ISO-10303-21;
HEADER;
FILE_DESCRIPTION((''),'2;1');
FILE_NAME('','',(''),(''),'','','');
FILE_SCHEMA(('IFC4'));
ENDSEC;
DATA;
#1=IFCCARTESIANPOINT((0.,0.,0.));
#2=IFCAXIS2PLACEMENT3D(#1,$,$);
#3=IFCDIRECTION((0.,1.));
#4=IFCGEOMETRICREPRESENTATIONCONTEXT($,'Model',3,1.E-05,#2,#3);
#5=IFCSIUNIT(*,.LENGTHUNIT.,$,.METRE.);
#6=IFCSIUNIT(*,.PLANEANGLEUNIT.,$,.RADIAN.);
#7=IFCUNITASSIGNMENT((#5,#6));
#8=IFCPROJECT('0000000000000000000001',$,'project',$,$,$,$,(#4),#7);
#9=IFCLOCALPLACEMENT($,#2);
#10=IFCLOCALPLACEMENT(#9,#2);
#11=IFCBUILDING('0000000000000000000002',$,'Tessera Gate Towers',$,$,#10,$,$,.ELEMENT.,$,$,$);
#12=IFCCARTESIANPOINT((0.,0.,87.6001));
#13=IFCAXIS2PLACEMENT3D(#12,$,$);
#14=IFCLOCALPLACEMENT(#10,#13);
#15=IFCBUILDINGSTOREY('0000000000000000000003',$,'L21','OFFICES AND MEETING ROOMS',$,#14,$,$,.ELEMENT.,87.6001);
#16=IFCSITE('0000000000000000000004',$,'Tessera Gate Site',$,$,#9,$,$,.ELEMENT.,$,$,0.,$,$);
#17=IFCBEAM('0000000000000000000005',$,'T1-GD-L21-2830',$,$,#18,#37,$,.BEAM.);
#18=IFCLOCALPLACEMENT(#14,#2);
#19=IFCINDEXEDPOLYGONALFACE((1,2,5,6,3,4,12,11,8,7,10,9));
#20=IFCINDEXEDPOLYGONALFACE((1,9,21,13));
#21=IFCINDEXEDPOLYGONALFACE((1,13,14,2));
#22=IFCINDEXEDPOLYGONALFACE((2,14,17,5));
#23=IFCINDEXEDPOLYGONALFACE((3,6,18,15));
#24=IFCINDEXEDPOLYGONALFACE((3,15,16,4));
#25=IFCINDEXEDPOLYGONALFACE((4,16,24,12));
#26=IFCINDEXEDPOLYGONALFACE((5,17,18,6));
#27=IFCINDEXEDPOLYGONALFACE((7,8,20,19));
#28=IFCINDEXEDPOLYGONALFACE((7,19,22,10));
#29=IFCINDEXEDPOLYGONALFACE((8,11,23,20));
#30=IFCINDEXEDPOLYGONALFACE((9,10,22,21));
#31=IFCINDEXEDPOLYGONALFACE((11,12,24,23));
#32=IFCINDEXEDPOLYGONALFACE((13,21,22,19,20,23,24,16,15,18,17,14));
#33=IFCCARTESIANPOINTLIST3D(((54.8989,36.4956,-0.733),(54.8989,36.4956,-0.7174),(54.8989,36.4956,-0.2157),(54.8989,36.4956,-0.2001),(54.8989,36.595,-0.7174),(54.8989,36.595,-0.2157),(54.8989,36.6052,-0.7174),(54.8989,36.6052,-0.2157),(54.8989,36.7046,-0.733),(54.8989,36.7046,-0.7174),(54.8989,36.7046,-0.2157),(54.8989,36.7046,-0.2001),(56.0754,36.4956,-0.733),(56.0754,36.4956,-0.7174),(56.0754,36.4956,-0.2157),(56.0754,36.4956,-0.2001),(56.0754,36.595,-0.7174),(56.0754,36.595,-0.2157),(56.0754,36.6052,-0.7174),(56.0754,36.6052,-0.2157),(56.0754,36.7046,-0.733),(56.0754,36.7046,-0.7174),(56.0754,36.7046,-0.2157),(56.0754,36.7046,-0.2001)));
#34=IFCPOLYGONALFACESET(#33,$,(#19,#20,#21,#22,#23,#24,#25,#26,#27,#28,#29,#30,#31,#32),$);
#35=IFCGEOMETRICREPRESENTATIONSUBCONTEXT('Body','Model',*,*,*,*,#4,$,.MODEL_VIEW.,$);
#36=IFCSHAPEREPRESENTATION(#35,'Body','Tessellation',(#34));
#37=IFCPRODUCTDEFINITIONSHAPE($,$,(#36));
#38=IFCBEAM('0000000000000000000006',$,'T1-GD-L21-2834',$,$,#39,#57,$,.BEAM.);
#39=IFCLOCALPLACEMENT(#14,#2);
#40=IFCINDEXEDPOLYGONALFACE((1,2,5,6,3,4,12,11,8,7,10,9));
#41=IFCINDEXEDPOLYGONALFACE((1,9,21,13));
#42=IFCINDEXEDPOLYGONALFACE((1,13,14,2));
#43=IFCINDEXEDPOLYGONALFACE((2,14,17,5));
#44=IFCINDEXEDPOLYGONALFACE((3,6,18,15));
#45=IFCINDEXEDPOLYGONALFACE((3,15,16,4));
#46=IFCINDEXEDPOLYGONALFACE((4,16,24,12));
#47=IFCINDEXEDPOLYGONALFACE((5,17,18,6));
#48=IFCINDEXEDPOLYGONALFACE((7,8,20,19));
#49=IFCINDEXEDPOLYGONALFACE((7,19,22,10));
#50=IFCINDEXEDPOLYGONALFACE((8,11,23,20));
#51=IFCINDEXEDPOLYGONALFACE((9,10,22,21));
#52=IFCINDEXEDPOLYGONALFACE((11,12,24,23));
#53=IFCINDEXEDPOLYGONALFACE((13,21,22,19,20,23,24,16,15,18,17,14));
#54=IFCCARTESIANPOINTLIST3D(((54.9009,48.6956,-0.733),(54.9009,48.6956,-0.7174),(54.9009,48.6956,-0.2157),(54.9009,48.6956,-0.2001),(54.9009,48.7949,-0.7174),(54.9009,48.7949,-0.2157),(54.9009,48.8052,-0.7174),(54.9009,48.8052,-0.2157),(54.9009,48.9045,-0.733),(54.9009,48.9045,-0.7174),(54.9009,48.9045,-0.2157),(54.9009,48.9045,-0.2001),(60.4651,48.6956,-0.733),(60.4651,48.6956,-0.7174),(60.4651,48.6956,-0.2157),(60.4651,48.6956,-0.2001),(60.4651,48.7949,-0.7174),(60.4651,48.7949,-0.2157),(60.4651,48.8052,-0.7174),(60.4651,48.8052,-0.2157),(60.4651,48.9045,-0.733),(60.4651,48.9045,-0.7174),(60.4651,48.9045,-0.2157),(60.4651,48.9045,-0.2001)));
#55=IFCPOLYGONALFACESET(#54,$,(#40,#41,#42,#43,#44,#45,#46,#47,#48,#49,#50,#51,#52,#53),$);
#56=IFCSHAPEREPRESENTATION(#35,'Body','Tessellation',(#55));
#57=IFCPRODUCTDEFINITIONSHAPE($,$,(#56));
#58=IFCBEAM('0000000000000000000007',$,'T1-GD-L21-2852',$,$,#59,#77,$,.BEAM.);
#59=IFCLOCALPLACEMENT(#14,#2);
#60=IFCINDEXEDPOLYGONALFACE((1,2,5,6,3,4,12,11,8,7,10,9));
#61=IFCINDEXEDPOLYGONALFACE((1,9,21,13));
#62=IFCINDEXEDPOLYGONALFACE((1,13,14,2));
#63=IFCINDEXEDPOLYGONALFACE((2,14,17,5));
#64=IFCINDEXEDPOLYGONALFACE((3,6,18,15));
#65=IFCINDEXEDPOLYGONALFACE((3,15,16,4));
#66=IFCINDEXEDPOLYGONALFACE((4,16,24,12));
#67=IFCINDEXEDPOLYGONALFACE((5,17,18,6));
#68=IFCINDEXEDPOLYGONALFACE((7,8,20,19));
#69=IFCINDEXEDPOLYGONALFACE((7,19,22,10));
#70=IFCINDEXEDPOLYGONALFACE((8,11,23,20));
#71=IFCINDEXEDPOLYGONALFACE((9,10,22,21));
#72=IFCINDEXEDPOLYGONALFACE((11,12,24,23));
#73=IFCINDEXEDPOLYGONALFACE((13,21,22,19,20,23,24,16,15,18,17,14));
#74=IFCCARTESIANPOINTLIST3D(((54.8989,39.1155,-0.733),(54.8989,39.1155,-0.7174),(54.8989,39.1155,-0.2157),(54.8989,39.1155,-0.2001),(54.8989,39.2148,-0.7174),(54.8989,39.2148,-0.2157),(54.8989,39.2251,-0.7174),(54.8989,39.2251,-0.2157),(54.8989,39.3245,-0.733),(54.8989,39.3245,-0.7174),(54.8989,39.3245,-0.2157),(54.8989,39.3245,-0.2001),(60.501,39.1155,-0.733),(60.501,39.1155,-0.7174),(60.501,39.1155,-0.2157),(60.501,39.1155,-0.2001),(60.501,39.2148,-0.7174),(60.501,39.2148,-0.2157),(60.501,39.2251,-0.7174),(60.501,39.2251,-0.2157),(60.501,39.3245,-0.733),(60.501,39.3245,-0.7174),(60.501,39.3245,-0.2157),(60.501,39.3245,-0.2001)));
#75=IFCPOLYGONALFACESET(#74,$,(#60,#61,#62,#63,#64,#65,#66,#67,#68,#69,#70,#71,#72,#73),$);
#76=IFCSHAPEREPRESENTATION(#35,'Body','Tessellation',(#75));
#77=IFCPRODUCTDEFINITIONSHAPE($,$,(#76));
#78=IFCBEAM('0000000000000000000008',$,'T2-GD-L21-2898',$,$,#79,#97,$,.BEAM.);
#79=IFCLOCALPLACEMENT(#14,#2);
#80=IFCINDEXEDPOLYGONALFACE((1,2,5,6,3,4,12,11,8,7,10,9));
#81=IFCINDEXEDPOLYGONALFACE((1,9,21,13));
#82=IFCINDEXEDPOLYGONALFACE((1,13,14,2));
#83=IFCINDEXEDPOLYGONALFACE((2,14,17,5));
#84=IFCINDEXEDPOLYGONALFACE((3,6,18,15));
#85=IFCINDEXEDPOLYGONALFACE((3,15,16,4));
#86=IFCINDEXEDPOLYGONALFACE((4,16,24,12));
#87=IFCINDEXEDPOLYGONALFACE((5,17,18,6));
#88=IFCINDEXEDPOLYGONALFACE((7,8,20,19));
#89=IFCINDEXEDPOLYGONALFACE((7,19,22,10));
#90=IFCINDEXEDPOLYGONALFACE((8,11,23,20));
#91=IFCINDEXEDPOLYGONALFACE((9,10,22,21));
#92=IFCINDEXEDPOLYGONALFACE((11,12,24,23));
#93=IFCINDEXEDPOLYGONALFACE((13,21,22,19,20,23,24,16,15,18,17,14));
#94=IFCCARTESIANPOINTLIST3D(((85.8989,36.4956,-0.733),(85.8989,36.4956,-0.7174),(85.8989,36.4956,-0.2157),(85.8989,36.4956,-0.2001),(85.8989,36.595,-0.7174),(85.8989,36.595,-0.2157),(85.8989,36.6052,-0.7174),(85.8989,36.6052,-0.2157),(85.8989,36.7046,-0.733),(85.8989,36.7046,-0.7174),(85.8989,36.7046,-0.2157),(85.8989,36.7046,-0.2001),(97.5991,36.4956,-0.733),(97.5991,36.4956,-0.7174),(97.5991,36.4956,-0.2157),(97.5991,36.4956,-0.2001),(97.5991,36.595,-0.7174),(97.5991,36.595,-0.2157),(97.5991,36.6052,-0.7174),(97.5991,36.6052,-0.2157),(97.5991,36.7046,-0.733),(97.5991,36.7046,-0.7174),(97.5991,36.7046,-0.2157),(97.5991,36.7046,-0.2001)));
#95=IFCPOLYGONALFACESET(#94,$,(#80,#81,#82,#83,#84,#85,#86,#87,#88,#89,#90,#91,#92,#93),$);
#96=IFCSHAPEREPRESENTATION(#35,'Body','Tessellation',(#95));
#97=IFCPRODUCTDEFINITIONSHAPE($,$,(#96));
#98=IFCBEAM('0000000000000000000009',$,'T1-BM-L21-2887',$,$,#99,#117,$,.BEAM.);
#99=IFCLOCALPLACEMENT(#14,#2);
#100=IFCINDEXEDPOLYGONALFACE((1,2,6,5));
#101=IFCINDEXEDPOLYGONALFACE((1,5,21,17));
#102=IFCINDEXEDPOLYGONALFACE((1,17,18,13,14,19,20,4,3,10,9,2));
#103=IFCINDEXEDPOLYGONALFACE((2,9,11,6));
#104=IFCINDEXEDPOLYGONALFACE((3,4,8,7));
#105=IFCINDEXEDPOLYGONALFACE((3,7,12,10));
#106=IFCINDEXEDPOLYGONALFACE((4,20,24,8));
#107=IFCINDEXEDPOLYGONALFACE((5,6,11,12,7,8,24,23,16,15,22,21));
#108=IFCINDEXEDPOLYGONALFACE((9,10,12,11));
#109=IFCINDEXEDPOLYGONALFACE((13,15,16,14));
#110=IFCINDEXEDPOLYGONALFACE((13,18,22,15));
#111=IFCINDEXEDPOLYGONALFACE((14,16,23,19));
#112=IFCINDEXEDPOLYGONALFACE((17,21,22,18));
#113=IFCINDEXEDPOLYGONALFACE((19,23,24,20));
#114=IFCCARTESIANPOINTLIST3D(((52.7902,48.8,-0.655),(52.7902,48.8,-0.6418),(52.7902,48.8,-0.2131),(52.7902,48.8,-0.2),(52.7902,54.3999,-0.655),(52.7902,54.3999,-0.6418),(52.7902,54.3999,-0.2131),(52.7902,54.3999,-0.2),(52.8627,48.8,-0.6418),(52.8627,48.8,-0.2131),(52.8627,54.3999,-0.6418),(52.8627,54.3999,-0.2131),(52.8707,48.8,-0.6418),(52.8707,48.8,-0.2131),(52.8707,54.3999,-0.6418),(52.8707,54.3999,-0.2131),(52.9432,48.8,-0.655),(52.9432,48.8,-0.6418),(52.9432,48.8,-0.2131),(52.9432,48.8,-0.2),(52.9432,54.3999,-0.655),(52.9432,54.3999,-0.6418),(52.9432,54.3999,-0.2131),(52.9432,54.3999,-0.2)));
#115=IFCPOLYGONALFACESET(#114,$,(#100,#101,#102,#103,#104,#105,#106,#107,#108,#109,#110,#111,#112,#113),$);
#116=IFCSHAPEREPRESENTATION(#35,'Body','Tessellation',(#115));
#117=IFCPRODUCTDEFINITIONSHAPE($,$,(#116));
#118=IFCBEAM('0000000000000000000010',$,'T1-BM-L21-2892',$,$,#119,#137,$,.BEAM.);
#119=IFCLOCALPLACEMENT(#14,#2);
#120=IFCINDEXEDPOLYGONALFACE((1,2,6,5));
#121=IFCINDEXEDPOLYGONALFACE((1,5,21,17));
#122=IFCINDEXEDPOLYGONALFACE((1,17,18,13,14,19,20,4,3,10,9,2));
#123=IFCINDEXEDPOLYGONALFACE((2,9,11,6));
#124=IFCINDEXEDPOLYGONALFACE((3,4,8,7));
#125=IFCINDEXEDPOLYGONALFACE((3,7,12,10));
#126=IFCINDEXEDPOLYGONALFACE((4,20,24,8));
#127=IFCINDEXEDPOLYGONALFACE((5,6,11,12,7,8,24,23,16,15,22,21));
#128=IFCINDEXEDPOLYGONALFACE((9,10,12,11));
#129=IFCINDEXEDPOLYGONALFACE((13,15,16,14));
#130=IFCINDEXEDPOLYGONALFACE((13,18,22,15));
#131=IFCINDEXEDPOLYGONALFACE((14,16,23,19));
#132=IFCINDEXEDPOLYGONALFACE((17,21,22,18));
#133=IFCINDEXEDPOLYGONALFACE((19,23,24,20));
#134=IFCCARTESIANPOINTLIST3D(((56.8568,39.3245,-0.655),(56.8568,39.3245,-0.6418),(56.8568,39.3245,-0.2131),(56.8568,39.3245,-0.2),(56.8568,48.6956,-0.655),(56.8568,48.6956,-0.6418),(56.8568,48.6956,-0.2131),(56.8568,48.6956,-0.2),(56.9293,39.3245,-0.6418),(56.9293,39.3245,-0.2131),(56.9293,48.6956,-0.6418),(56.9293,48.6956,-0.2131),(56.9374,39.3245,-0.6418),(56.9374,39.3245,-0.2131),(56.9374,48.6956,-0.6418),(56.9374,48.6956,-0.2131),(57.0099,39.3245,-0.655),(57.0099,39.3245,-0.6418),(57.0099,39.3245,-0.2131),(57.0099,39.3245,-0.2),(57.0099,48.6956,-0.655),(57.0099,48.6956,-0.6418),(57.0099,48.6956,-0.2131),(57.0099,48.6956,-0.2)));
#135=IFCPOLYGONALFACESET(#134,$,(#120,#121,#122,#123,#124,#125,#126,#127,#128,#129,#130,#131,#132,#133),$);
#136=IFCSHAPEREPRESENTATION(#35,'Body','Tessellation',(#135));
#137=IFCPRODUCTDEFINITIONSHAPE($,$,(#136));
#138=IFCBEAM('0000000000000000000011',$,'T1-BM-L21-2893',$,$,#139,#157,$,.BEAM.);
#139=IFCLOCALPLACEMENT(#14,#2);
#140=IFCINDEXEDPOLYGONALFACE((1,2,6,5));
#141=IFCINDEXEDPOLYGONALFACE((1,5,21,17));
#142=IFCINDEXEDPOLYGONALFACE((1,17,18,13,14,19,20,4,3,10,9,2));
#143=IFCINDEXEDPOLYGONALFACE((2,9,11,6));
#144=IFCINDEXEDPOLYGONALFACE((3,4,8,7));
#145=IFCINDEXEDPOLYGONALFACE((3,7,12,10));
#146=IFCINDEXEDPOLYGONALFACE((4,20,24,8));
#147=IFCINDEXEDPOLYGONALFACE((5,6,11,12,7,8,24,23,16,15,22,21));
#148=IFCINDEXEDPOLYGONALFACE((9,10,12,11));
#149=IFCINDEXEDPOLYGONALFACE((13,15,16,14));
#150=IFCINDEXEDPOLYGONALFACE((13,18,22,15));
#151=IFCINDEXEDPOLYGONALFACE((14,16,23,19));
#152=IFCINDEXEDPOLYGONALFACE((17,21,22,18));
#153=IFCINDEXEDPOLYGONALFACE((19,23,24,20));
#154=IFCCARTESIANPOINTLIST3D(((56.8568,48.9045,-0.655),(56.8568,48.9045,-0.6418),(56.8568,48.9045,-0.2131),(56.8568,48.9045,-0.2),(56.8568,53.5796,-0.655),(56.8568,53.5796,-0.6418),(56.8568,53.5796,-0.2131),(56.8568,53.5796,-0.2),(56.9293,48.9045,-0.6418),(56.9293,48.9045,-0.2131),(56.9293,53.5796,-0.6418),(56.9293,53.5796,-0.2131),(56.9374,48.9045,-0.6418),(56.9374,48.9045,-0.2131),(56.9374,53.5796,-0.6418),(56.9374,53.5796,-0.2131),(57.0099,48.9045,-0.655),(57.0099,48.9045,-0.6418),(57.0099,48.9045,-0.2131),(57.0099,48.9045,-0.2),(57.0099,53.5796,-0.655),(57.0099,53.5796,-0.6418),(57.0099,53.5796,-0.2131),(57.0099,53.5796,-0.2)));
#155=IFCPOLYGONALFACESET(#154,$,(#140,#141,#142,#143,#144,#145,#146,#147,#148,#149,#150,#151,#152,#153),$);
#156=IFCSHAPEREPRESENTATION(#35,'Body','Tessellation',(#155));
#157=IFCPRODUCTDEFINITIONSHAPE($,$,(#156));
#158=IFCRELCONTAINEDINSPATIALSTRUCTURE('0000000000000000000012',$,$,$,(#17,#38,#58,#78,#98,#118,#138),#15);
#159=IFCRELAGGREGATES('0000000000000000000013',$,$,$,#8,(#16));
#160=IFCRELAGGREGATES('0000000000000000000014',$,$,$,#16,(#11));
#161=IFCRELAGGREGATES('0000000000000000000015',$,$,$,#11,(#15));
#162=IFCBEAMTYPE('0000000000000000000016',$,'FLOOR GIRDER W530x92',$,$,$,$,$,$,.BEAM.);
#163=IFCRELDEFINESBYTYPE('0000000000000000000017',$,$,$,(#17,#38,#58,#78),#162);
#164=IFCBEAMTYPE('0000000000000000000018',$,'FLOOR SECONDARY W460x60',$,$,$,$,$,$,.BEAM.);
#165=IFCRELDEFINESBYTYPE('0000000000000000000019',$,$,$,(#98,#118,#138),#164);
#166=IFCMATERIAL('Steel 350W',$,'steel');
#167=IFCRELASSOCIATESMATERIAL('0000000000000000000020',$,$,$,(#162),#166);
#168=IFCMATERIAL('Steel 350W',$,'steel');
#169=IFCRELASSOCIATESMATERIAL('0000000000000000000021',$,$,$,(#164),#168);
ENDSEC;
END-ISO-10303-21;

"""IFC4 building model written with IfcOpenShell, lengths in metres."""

from ifc_helpers import new_model, si_unit, direction, frame, origin, origin_2d, place, context, subcontext, project, spatial, i_section, extrude, material, material_profile, profile_set, type_object, element, save


model = new_model("IFC4")

# Units and contexts
model_context = context("Model", 3, precision=1e-05, world=origin(), true_north=direction((0.0, 1.0)))
body_context = subcontext(model_context, "Body", "Model", "MODEL_VIEW")
ifc_project = project(units=[si_unit("LENGTHUNIT", "METRE"), si_unit("PLANEANGLEUNIT", "RADIAN")], contexts=[model_context])

# Site, building, storey
site_placement = place(None, origin())
site = spatial("IfcSite", under=ifc_project, at=site_placement, Name="Tessera Gate Site", CompositionType="ELEMENT", RefElevation=0.0)
building_placement = place(site_placement, origin())
building = spatial("IfcBuilding", under=site, at=building_placement, Name="Tessera Gate Towers", CompositionType="ELEMENT")
storey_placement = place(building_placement, frame((0.0, 0.0, 87.6001)))
storey = spatial("IfcBuildingStorey", under=building, at=storey_placement, Name="L21", Description="OFFICES AND MEETING ROOMS", CompositionType="ELEMENT", Elevation=87.6001)

# Beams
ifc_material_1 = material(Name="Steel 350W", Category="steel")
ifc_material_profile_1 = material_profile(ifc_material_1, i_section(OverallWidth=0.209, OverallDepth=0.533, WebThickness=0.0103, FlangeThickness=0.0156, at=origin_2d()), Name="W530x92")
ifc_profile_set_1 = profile_set([ifc_material_profile_1], Name="Steel 350W")
beam_type_1 = type_object("IfcBeamType", Name="FLOOR GIRDER W530x92", PredefinedType="BEAM", material=ifc_profile_set_1)
beam_1_placement = place(storey_placement, frame((54.8989, 36.6001, -0.4666), z_axis=(1.0, 0.0, 0.0), x_axis=(0.0, 1.0, 0.0)))
element("IfcBeam", 1, at=beam_1_placement, inside=storey, type_object=beam_type_1, Name="T1-GD-L21-2830", PredefinedType="BEAM", context=body_context, shape_type="SweptSolid", body=[
    extrude(i_section(OverallWidth=0.209, OverallDepth=0.533, WebThickness=0.0103, FlangeThickness=0.0156, at=origin_2d()), origin(), (0.0, 0.0, 1.0), 1.1765),
])
beam_2_placement = place(storey_placement, frame((54.9009, 48.8, -0.4666), z_axis=(1.0, 0.0, 0.0), x_axis=(0.0, 1.0, 0.0)))
element("IfcBeam", 2, at=beam_2_placement, inside=storey, type_object=beam_type_1, Name="T1-GD-L21-2834", PredefinedType="BEAM", context=body_context, shape_type="SweptSolid", body=[
    extrude(i_section(OverallWidth=0.209, OverallDepth=0.533, WebThickness=0.0103, FlangeThickness=0.0156, at=origin_2d()), origin(), (0.0, 0.0, 1.0), 5.5642),
])
beam_3_placement = place(storey_placement, frame((54.8989, 39.22, -0.4666), z_axis=(1.0, 0.0, 0.0), x_axis=(0.0, 1.0, 0.0)))
element("IfcBeam", 3, at=beam_3_placement, inside=storey, type_object=beam_type_1, Name="T1-GD-L21-2852", PredefinedType="BEAM", context=body_context, shape_type="SweptSolid", body=[
    extrude(i_section(OverallWidth=0.209, OverallDepth=0.533, WebThickness=0.0103, FlangeThickness=0.0156, at=origin_2d()), origin(), (0.0, 0.0, 1.0), 5.6021),
])
beam_4_placement = place(storey_placement, frame((85.8989, 36.6001, -0.4666), z_axis=(1.0, 0.0, 0.0), x_axis=(0.0, 1.0, 0.0)))
element("IfcBeam", 4, at=beam_4_placement, inside=storey, type_object=beam_type_1, Name="T2-GD-L21-2898", PredefinedType="BEAM", context=body_context, shape_type="SweptSolid", body=[
    extrude(i_section(OverallWidth=0.209, OverallDepth=0.533, WebThickness=0.0103, FlangeThickness=0.0156, at=origin_2d()), origin(), (0.0, 0.0, 1.0), 11.7002),
])
ifc_material_2 = material(Name="Steel 350W", Category="steel")
ifc_material_profile_2 = material_profile(ifc_material_2, i_section(OverallWidth=0.1531, OverallDepth=0.4551, WebThickness=0.0081, FlangeThickness=0.0132, at=origin_2d()), Name="W460x60")
ifc_profile_set_2 = profile_set([ifc_material_profile_2], Name="Steel 350W")
beam_type_2 = type_object("IfcBeamType", Name="FLOOR SECONDARY W460x60", PredefinedType="BEAM", material=ifc_profile_set_2)
beam_5_placement = place(storey_placement, frame((52.8667, 48.8, -0.4275), z_axis=(0.0, 1.0, 0.0), x_axis=(-1.0, 0.0, 0.0)))
element("IfcBeam", 5, at=beam_5_placement, inside=storey, type_object=beam_type_2, Name="T1-BM-L21-2887", PredefinedType="BEAM", context=body_context, shape_type="SweptSolid", body=[
    extrude(i_section(OverallWidth=0.1531, OverallDepth=0.4551, WebThickness=0.0081, FlangeThickness=0.0132, at=origin_2d()), origin(), (0.0, 0.0, 1.0), 5.5999),
])
beam_6_placement = place(storey_placement, frame((56.9333, 39.3245, -0.4275), z_axis=(0.0, 1.0, 0.0), x_axis=(-1.0, 0.0, 0.0)))
element("IfcBeam", 6, at=beam_6_placement, inside=storey, type_object=beam_type_2, Name="T1-BM-L21-2892", PredefinedType="BEAM", context=body_context, shape_type="SweptSolid", body=[
    extrude(i_section(OverallWidth=0.1531, OverallDepth=0.4551, WebThickness=0.0081, FlangeThickness=0.0132, at=origin_2d()), origin(), (0.0, 0.0, 1.0), 9.3711),
])
beam_7_placement = place(storey_placement, frame((56.9333, 48.9045, -0.4275), z_axis=(0.0, 1.0, 0.0), x_axis=(-1.0, 0.0, 0.0)))
element("IfcBeam", 7, at=beam_7_placement, inside=storey, type_object=beam_type_2, Name="T1-BM-L21-2893", PredefinedType="BEAM", context=body_context, shape_type="SweptSolid", body=[
    extrude(i_section(OverallWidth=0.1531, OverallDepth=0.4551, WebThickness=0.0081, FlangeThickness=0.0132, at=origin_2d()), origin(), (0.0, 0.0, 1.0), 4.675),
])

save(model, "model.ifc")
